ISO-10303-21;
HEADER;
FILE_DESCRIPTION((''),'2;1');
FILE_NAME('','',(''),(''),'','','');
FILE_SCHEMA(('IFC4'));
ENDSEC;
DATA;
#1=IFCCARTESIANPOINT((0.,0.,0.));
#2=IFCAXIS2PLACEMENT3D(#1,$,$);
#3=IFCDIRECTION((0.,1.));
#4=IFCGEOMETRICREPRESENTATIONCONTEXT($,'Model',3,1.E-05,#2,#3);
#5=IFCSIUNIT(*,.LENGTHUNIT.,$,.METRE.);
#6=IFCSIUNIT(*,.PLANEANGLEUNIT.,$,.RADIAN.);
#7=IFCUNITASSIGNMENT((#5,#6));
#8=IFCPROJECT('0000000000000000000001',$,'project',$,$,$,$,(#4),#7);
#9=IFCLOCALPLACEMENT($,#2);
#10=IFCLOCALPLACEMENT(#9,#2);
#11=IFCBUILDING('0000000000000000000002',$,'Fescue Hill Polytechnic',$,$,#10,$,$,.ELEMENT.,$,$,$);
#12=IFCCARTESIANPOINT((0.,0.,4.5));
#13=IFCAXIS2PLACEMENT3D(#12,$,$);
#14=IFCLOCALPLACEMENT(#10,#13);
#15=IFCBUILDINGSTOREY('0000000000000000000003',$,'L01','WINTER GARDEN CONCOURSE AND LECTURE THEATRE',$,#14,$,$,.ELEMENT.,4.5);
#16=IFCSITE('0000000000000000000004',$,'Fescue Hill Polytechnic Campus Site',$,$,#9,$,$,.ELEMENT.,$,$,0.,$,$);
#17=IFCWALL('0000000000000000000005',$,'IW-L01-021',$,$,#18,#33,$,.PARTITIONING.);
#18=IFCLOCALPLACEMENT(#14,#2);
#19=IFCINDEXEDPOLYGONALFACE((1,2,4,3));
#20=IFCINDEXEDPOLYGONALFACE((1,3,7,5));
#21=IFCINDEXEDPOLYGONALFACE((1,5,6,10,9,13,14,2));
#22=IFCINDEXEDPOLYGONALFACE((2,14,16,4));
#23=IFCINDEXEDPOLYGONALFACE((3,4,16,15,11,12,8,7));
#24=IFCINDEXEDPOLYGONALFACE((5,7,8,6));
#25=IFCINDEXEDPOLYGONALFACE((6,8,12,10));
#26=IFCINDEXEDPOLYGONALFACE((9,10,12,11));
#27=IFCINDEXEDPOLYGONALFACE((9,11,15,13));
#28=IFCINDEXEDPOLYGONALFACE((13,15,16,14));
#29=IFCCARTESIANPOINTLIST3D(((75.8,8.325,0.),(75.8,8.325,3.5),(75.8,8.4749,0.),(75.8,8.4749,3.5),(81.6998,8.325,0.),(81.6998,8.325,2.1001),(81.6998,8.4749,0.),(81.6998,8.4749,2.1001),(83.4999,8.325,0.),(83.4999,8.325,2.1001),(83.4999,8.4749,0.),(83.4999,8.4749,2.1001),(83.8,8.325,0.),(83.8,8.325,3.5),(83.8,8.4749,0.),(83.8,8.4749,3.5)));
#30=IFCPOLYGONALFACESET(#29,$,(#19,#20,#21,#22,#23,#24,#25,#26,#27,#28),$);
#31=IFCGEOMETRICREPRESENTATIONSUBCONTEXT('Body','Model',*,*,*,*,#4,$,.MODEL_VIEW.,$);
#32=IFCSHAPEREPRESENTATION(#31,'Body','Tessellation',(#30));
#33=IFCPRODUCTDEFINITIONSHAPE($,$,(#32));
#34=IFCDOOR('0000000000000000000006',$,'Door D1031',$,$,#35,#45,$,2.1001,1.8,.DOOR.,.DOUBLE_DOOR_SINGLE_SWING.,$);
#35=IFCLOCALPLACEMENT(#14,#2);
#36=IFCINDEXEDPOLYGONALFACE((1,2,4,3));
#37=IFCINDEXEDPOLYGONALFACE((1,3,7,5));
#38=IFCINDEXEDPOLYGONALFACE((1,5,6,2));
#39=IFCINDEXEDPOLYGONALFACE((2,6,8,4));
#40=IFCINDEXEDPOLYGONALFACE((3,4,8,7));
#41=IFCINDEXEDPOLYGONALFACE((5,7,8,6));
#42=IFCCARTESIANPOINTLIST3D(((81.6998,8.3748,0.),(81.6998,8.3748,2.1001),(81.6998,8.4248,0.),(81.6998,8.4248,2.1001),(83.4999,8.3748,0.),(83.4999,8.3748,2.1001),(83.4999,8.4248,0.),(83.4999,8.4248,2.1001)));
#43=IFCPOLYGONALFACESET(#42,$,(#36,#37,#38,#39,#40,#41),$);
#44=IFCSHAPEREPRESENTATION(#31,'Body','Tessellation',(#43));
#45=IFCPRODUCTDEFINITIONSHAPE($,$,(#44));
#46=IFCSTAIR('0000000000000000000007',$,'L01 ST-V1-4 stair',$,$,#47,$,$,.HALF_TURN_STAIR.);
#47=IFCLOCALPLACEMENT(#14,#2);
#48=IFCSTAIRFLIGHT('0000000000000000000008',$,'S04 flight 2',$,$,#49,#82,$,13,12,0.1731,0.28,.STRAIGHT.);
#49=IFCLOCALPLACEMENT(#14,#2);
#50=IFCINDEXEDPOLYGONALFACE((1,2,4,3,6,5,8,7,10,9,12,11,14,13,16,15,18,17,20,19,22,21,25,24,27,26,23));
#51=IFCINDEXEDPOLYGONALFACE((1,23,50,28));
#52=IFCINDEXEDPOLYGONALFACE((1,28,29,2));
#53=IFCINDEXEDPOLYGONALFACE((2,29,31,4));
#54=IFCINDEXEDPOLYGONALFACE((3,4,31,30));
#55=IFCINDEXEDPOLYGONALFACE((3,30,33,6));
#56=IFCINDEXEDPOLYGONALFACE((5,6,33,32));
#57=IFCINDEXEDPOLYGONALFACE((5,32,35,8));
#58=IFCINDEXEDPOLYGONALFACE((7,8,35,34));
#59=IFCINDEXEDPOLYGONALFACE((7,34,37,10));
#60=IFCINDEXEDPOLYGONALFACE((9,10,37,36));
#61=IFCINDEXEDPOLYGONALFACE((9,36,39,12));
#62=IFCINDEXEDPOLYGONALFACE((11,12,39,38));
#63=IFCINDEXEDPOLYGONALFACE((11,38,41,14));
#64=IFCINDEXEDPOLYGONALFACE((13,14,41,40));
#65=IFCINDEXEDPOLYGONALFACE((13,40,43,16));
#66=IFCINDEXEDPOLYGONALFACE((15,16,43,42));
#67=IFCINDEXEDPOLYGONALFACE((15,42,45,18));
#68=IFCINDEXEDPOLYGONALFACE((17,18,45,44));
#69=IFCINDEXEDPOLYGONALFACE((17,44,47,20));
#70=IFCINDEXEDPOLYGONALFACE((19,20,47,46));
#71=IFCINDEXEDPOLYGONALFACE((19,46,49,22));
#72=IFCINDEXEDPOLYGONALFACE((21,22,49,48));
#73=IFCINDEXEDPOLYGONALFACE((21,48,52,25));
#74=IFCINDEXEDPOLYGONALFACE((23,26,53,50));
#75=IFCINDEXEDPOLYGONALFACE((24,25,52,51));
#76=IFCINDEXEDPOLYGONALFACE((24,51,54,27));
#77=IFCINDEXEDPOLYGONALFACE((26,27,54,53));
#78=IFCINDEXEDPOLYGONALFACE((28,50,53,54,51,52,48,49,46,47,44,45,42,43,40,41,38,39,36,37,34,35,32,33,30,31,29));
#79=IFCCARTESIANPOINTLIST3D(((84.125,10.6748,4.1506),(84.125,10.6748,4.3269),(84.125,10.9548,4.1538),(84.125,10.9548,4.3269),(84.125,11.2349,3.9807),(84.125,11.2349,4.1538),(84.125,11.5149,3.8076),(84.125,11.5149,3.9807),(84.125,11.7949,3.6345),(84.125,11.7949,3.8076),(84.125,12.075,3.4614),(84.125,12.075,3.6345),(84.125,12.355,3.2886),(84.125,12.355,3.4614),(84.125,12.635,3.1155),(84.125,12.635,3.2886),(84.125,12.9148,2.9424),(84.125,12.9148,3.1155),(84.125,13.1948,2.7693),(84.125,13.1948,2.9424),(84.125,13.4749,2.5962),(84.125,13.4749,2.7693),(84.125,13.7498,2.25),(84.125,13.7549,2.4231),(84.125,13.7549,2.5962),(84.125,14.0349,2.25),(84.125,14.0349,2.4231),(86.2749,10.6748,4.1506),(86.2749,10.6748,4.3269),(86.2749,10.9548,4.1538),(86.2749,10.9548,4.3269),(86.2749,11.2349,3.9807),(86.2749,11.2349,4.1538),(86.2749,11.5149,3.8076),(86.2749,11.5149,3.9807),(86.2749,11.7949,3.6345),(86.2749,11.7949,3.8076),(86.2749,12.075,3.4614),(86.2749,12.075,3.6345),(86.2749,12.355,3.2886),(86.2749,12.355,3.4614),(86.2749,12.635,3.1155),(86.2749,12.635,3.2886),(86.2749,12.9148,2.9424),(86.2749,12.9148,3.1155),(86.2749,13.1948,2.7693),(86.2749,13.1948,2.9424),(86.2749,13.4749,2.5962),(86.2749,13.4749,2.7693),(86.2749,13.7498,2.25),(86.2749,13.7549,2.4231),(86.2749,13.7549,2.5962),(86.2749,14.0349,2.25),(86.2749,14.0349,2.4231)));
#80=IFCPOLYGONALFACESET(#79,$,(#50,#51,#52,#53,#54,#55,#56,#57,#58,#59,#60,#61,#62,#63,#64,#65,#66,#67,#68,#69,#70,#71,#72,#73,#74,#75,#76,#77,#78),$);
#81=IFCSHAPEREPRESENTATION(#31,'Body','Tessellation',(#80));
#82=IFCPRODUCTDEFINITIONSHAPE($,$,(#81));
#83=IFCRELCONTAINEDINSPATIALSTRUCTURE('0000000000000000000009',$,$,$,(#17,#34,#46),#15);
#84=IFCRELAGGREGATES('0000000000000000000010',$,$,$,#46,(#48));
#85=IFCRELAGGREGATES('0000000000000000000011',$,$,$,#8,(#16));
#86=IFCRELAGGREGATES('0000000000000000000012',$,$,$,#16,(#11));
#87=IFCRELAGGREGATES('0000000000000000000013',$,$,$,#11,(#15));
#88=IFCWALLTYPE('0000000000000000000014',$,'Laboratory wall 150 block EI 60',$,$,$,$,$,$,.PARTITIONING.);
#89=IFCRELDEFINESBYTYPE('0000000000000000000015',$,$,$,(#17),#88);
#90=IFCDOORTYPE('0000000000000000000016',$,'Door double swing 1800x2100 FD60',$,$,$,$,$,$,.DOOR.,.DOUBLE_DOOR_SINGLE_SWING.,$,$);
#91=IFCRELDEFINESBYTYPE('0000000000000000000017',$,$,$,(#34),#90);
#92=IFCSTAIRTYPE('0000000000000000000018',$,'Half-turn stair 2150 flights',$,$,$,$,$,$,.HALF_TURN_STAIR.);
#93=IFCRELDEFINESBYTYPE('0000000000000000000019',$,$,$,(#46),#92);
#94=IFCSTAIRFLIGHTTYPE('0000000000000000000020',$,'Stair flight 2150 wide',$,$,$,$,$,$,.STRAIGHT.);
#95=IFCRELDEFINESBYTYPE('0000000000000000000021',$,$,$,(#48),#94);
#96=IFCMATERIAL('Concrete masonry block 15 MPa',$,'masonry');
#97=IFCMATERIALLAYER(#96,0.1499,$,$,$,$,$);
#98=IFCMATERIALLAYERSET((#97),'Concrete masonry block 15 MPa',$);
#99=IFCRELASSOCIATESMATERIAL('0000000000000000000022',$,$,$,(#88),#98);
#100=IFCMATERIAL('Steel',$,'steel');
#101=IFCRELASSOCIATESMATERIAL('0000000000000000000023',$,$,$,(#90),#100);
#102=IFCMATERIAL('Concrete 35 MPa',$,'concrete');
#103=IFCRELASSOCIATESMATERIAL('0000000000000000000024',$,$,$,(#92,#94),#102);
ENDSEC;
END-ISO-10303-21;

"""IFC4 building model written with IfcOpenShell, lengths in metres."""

from ifc_helpers import new_model, si_unit, direction, frame, frame_2d, origin, place, context, subcontext, project, spatial, polyline, rectangle, outline, extrude, material, layer, layer_set, type_object, element, fill, aggregate, save


model = new_model("IFC4")

# Units and contexts
model_context = context("Model", 3, precision=1e-05, world=origin(), true_north=direction((0.0, 1.0)))
body_context = subcontext(model_context, "Body", "Model", "MODEL_VIEW")
ifc_project = project(units=[si_unit("LENGTHUNIT", "METRE"), si_unit("PLANEANGLEUNIT", "RADIAN")], contexts=[model_context])

# Site, building, storey
site_placement = place(None, origin())
site = spatial("IfcSite", under=ifc_project, at=site_placement, Name="Fescue Hill Polytechnic Campus Site", CompositionType="ELEMENT", RefElevation=0.0)
building_placement = place(site_placement, origin())
building = spatial("IfcBuilding", under=site, at=building_placement, Name="Fescue Hill Polytechnic", CompositionType="ELEMENT")
storey_placement = place(building_placement, frame((0.0, 0.0, 4.5)))
storey = spatial("IfcBuildingStorey", under=building, at=storey_placement, Name="L01", Description="WINTER GARDEN CONCOURSE AND LECTURE THEATRE", CompositionType="ELEMENT", Elevation=4.5)

# Shared definitions
ifc_material_1 = material(Name="Concrete 35 MPa", Category="concrete")

# Wall, opening, door
ifc_material_2 = material(Name="Concrete masonry block 15 MPa", Category="masonry")
ifc_layer_1 = layer(ifc_material_2, 0.1499)
ifc_layer_set_1 = layer_set([ifc_layer_1], Name="Concrete masonry block 15 MPa")
wall_type_1 = type_object("IfcWallType", Name="Laboratory wall 150 block EI 60", PredefinedType="PARTITIONING", material=ifc_layer_set_1)
wall_1_placement = place(storey_placement, frame((75.8, 8.3999, 0.0), z_axis=(0.0, 0.0, 1.0), x_axis=(1.0, 0.0, 0.0)))
wall_1 = element("IfcWall", 1, at=wall_1_placement, inside=storey, type_object=wall_type_1, Name="IW-L01-021", PredefinedType="PARTITIONING", context=body_context, shape_type="SweptSolid", body=[
    extrude(rectangle(XDim=8.0, YDim=0.1499, at=frame_2d((4.0, 0.0))), origin(), (0.0, 0.0, 1.0), 3.5),
])
opening_1_placement = place(wall_1_placement, frame((5.8999, 0.0, 0.0)))
opening_1 = element("IfcOpeningElement", 2, at=opening_1_placement, cuts=wall_1, PredefinedType="OPENING", context=body_context, shape_type="SweptSolid", body=[
    extrude(rectangle(XDim=1.8, YDim=2.1001, at=frame_2d((0.8999, 1.05))), frame((0.0, 0.085, 0.0), z_axis=(0.0, -1.0, 0.0), x_axis=(1.0, 0.0, 0.0)), (0.0, 0.0, 1.0), 0.1699),
])
ifc_material_3 = material(Name="Steel", Category="steel")
door_type_1 = type_object("IfcDoorType", Name="Door double swing 1800x2100 FD60", OperationType="DOUBLE_DOOR_SINGLE_SWING", PredefinedType="DOOR", material=ifc_material_3)
door_1_placement = place(opening_1_placement, origin())
door_1 = element("IfcDoor", 3, at=door_1_placement, inside=storey, type_object=door_type_1, Name="Door D1031", OperationType="DOUBLE_DOOR_SINGLE_SWING", OverallHeight=2.1001, OverallWidth=1.8, PredefinedType="DOOR", context=body_context, shape_type="SweptSolid", body=[
    extrude(rectangle(XDim=1.8, YDim=2.1001, at=frame_2d((0.8999, 1.05))), frame((0.0, 0.0249, 0.0), z_axis=(0.0, -1.0, 0.0), x_axis=(1.0, 0.0, 0.0)), (0.0, 0.0, 1.0), 0.05),
])
fill(opening_1, door_1)

# Stair, stair flight
stair_type = type_object("IfcStairType", Name="Half-turn stair 2150 flights", PredefinedType="HALF_TURN_STAIR", material=ifc_material_1)
stair_placement = place(storey_placement, origin())
stair = element("IfcStair", 4, at=stair_placement, inside=storey, type_object=stair_type, Name="L01 ST-V1-4 stair", PredefinedType="HALF_TURN_STAIR")
stair_flight_type = type_object("IfcStairFlightType", Name="Stair flight 2150 wide", PredefinedType="STRAIGHT", material=ifc_material_1)
stair_flight_placement = place(storey_placement, frame((85.2, 14.0349, 2.25), z_axis=(0.0, 0.0, 1.0), x_axis=(0.0, -1.0, 0.0)))
stair_flight = element("IfcStairFlight", 5, at=stair_flight_placement, type_object=stair_flight_type, Name="S04 flight 2", NumberOfRisers=13, NumberOfTreads=12, PredefinedType="STRAIGHT", RiserHeight=0.1731, TreadLength=0.28, context=body_context, shape_type="SweptSolid", body=[
    extrude(outline(polyline([(0.0, 0.0), (0.0, 0.1731), (0.28, 0.1731), (0.28, 0.3462), (0.5601, 0.3462), (0.5601, 0.5193), (0.8401, 0.5193), (0.8401, 0.6924), (1.1201, 0.6924), (1.1201, 0.8655), (1.3999, 0.8655), (1.3999, 1.0386), (1.6799, 1.0386), (1.6799, 1.2114), (1.96, 1.2114), (1.96, 1.3845), (2.24, 1.3845), (2.24, 1.5576), (2.52, 1.5576), (2.52, 1.7307), (2.8, 1.7307), (2.8, 1.9038), (3.0801, 1.9038), (3.0801, 2.0769), (3.3601, 2.0769), (3.3601, 2.25), (3.3601, 1.9006), (0.2852, 0.0), (0.0, 0.0)])), frame((0.0, 1.075, 0.0), z_axis=(0.0, -1.0, 0.0), x_axis=(1.0, 0.0, 0.0)), (0.0, 0.0, 1.0), 2.1499),
])
aggregate(stair, [stair_flight])

save(model, "model.ifc")
